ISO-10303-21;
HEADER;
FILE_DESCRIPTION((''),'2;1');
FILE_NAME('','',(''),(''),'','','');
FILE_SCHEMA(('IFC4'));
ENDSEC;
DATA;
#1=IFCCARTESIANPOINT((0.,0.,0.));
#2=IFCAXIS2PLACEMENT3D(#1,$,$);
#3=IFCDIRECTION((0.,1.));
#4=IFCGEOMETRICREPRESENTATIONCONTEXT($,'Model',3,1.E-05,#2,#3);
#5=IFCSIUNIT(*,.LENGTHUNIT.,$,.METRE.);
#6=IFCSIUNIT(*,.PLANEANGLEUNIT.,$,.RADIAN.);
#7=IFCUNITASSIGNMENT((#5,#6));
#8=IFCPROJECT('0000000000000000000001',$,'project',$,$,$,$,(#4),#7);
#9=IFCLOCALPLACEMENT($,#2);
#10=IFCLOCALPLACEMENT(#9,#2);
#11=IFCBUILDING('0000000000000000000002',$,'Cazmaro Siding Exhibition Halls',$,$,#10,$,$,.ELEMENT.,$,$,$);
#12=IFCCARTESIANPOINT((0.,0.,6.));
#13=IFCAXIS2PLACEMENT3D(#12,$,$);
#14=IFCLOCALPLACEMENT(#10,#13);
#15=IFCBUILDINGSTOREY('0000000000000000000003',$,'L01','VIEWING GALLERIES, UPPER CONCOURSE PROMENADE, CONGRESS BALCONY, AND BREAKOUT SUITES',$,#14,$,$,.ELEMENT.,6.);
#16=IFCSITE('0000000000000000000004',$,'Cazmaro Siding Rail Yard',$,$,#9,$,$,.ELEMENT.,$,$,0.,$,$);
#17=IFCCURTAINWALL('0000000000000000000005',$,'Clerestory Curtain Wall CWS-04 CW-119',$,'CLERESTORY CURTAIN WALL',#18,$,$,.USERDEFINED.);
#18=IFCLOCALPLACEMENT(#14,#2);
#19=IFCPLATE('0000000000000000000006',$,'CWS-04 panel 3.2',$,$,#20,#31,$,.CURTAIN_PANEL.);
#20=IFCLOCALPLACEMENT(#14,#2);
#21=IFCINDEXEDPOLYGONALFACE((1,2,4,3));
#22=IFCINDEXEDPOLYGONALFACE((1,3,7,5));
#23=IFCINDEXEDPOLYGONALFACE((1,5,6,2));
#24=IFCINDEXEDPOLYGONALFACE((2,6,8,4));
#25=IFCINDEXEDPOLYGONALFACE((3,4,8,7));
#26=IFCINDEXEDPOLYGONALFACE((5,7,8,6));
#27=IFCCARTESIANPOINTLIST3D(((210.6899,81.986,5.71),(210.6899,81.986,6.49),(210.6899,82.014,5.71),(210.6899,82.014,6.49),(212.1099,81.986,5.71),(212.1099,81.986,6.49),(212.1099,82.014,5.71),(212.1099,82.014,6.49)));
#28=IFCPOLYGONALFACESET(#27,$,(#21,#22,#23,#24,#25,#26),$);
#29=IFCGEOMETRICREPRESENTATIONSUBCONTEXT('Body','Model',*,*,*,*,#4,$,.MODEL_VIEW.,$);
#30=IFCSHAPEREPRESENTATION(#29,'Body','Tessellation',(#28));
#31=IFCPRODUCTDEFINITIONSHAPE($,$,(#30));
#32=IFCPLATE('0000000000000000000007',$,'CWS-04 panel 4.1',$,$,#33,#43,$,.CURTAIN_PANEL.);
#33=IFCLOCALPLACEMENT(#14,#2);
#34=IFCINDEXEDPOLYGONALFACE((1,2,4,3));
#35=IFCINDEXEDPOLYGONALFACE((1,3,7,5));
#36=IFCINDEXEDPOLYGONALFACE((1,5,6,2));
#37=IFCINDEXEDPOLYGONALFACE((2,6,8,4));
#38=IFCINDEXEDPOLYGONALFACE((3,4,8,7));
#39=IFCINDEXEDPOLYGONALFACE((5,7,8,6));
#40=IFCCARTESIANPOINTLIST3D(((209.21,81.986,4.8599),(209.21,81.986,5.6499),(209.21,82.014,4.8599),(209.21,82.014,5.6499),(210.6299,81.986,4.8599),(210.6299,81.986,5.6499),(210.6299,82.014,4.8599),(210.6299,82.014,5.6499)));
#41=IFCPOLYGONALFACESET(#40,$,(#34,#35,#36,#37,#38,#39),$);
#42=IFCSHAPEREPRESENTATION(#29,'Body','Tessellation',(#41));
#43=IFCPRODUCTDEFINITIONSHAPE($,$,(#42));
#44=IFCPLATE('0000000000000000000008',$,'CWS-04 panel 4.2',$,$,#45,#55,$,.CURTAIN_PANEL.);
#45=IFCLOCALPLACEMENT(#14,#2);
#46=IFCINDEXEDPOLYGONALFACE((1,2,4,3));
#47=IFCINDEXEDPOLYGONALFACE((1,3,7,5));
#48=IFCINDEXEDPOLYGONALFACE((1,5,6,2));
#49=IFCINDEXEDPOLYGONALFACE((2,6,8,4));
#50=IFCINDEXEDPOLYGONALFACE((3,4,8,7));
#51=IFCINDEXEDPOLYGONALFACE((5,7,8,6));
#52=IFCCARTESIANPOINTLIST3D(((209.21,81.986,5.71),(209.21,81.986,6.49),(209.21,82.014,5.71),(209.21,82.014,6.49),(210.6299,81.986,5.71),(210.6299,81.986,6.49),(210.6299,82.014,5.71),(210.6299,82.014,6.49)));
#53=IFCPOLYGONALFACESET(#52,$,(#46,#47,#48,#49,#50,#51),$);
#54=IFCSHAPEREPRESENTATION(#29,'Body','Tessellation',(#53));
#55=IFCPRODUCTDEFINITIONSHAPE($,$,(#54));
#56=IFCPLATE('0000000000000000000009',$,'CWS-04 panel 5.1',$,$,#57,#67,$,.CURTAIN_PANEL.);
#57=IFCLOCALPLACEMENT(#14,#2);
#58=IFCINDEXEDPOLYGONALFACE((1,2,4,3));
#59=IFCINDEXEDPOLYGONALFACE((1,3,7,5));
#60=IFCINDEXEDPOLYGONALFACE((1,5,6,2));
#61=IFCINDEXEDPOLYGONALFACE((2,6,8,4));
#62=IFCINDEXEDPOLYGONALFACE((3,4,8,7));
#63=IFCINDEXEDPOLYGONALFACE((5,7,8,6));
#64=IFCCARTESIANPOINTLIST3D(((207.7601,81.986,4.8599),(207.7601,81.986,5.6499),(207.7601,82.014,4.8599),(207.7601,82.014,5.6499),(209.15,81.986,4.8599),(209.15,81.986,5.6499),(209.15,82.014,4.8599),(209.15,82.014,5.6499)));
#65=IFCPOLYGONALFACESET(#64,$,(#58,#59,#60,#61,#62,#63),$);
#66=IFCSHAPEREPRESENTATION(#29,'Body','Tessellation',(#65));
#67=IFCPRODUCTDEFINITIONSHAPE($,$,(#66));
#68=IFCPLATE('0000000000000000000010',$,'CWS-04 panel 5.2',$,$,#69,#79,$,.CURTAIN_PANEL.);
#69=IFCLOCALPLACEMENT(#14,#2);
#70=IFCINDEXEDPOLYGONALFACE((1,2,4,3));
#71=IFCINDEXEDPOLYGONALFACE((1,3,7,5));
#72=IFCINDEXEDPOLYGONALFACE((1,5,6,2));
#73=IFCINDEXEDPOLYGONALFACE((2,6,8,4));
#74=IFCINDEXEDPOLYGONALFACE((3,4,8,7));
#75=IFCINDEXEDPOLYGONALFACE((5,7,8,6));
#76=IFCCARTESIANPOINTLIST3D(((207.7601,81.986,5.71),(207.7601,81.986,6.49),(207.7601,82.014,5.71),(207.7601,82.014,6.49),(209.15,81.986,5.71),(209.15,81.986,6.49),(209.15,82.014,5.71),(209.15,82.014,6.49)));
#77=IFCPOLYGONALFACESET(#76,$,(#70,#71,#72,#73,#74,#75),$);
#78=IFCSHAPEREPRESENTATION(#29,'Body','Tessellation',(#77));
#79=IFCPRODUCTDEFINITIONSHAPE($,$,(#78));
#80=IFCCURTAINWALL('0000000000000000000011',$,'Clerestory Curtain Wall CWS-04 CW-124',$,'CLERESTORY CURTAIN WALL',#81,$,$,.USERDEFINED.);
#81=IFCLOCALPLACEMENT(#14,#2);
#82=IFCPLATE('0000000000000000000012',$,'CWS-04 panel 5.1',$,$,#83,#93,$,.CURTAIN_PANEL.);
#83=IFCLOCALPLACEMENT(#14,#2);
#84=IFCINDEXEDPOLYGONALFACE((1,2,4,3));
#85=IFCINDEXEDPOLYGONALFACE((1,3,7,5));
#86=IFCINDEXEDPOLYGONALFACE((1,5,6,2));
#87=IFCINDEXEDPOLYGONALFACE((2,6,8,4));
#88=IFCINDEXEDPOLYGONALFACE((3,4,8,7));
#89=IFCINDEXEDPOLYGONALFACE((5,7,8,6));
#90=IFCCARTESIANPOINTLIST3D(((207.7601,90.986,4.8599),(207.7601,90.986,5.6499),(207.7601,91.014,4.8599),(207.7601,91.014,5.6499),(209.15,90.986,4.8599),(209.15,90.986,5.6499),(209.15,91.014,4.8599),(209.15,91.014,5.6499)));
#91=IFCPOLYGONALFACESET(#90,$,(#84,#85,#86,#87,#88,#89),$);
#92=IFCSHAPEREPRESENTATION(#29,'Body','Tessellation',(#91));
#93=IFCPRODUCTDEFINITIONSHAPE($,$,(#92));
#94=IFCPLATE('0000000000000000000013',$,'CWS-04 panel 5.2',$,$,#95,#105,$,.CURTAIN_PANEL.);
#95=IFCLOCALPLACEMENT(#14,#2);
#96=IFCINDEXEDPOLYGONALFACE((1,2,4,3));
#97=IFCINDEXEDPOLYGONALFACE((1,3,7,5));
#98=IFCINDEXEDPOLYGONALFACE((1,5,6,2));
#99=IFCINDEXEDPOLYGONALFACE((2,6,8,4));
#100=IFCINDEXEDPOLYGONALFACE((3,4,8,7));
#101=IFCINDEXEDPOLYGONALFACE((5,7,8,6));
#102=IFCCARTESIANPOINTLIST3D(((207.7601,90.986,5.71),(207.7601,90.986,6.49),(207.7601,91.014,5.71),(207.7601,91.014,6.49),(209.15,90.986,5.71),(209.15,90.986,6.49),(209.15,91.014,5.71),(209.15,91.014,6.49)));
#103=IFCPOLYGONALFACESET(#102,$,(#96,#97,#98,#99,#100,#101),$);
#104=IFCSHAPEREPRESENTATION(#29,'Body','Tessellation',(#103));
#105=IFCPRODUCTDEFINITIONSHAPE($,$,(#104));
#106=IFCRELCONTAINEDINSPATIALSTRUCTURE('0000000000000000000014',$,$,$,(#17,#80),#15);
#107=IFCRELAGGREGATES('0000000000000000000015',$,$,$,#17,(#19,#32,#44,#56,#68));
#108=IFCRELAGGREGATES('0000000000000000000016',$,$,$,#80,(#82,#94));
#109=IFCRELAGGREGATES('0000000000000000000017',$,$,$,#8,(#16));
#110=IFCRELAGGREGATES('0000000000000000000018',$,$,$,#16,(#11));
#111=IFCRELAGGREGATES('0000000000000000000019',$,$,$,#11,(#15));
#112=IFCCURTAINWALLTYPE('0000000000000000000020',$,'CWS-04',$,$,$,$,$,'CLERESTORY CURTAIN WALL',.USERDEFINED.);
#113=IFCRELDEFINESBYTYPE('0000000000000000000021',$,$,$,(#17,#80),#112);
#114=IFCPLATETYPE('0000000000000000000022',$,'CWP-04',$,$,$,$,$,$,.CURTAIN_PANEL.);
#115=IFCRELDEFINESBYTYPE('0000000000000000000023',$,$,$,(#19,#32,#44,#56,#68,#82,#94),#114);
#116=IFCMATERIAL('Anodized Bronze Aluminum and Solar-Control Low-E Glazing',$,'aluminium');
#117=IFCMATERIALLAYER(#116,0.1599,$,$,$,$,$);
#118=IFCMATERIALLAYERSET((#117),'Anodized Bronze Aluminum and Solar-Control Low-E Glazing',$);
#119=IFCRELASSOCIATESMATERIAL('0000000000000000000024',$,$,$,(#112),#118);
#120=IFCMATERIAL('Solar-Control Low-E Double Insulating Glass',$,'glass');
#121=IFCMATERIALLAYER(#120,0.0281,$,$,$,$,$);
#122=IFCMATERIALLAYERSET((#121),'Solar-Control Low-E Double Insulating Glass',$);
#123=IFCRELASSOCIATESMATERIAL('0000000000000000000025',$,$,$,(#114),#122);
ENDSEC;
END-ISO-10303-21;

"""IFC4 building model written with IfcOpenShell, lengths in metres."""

from ifc_helpers import new_model, si_unit, direction, frame, origin, origin_2d, place, context, subcontext, project, spatial, rectangle, extrude, material, layer, layer_set, type_object, element, aggregate, save


model = new_model("IFC4")

# Units and contexts
model_context = context("Model", 3, precision=1e-05, world=origin(), true_north=direction((0.0, 1.0)))
body_context = subcontext(model_context, "Body", "Model", "MODEL_VIEW")
ifc_project = project(units=[si_unit("LENGTHUNIT", "METRE"), si_unit("PLANEANGLEUNIT", "RADIAN")], contexts=[model_context])

# Site, building, storey
site_placement = place(None, origin())
site = spatial("IfcSite", under=ifc_project, at=site_placement, Name="Cazmaro Siding Rail Yard", CompositionType="ELEMENT", RefElevation=0.0)
building_placement = place(site_placement, origin())
building = spatial("IfcBuilding", under=site, at=building_placement, Name="Cazmaro Siding Exhibition Halls", CompositionType="ELEMENT")
storey_placement = place(building_placement, frame((0.0, 0.0, 6.0)))
storey = spatial("IfcBuildingStorey", under=building, at=storey_placement, Name="L01", Description="VIEWING GALLERIES, UPPER CONCOURSE PROMENADE, CONGRESS BALCONY, AND BREAKOUT SUITES", CompositionType="ELEMENT", Elevation=6.0)

# Curtain wall, plates
ifc_material_1 = material(Name="Anodized Bronze Aluminum and Solar-Control Low-E Glazing", Category="aluminium")
ifc_layer_1 = layer(ifc_material_1, 0.1599)
ifc_layer_set_1 = layer_set([ifc_layer_1], Name="Anodized Bronze Aluminum and Solar-Control Low-E Glazing")
curtain_wall_type = type_object("IfcCurtainWallType", Name="CWS-04", ElementType="CLERESTORY CURTAIN WALL", PredefinedType="USERDEFINED", material=ifc_layer_set_1)
curtain_wall_1_placement = place(storey_placement, origin())
curtain_wall_1 = element("IfcCurtainWall", 1, at=curtain_wall_1_placement, inside=storey, type_object=curtain_wall_type, Name="Clerestory Curtain Wall CWS-04 CW-119", ObjectType="CLERESTORY CURTAIN WALL", PredefinedType="USERDEFINED")
ifc_material_2 = material(Name="Solar-Control Low-E Double Insulating Glass", Category="glass")
ifc_layer_2 = layer(ifc_material_2, 0.0281)
ifc_layer_set_2 = layer_set([ifc_layer_2], Name="Solar-Control Low-E Double Insulating Glass")
plate_type = type_object("IfcPlateType", Name="CWP-04", PredefinedType="CURTAIN_PANEL", material=ifc_layer_set_2)
plate_1_placement = place(storey_placement, frame((211.3999, 82.0, 5.71), z_axis=(0.0, 0.0, 1.0), x_axis=(-1.0, 0.0, 0.0)))
plate_1 = element("IfcPlate", 2, at=plate_1_placement, type_object=plate_type, Name="CWS-04 panel 3.2", PredefinedType="CURTAIN_PANEL", context=body_context, shape_type="SweptSolid", body=[
    extrude(rectangle(XDim=1.4199, YDim=0.0281, at=origin_2d()), origin(), (0.0, 0.0, 1.0), 0.78),
])
plate_2_placement = place(storey_placement, frame((209.9199, 82.0, 4.8599), z_axis=(0.0, 0.0, 1.0), x_axis=(-1.0, 0.0, 0.0)))
plate_2 = element("IfcPlate", 3, at=plate_2_placement, type_object=plate_type, Name="CWS-04 panel 4.1", PredefinedType="CURTAIN_PANEL", context=body_context, shape_type="SweptSolid", body=[
    extrude(rectangle(XDim=1.4199, YDim=0.0281, at=origin_2d()), origin(), (0.0, 0.0, 1.0), 0.79),
])
plate_3_placement = place(storey_placement, frame((209.9199, 82.0, 5.71), z_axis=(0.0, 0.0, 1.0), x_axis=(-1.0, 0.0, 0.0)))
plate_3 = element("IfcPlate", 4, at=plate_3_placement, type_object=plate_type, Name="CWS-04 panel 4.2", PredefinedType="CURTAIN_PANEL", context=body_context, shape_type="SweptSolid", body=[
    extrude(rectangle(XDim=1.4199, YDim=0.0281, at=origin_2d()), origin(), (0.0, 0.0, 1.0), 0.78),
])
plate_4_placement = place(storey_placement, frame((208.4551, 82.0, 4.8599), z_axis=(0.0, 0.0, 1.0), x_axis=(-1.0, 0.0, 0.0)))
plate_4 = element("IfcPlate", 5, at=plate_4_placement, type_object=plate_type, Name="CWS-04 panel 5.1", PredefinedType="CURTAIN_PANEL", context=body_context, shape_type="SweptSolid", body=[
    extrude(rectangle(XDim=1.3899, YDim=0.0281, at=origin_2d()), origin(), (0.0, 0.0, 1.0), 0.79),
])
plate_5_placement = place(storey_placement, frame((208.4551, 82.0, 5.71), z_axis=(0.0, 0.0, 1.0), x_axis=(-1.0, 0.0, 0.0)))
plate_5 = element("IfcPlate", 6, at=plate_5_placement, type_object=plate_type, Name="CWS-04 panel 5.2", PredefinedType="CURTAIN_PANEL", context=body_context, shape_type="SweptSolid", body=[
    extrude(rectangle(XDim=1.3899, YDim=0.0281, at=origin_2d()), origin(), (0.0, 0.0, 1.0), 0.78),
])
aggregate(curtain_wall_1, [plate_1, plate_2, plate_3, plate_4, plate_5])

# Curtain wall, plates
curtain_wall_2_placement = place(storey_placement, origin())
curtain_wall_2 = element("IfcCurtainWall", 7, at=curtain_wall_2_placement, inside=storey, type_object=curtain_wall_type, Name="Clerestory Curtain Wall CWS-04 CW-124", ObjectType="CLERESTORY CURTAIN WALL", PredefinedType="USERDEFINED")
plate_6_placement = place(storey_placement, frame((208.4551, 91.0, 4.8599), z_axis=(0.0, 0.0, 1.0), x_axis=(-1.0, 0.0, 0.0)))
plate_6 = element("IfcPlate", 8, at=plate_6_placement, type_object=plate_type, Name="CWS-04 panel 5.1", PredefinedType="CURTAIN_PANEL", context=body_context, shape_type="SweptSolid", body=[
    extrude(rectangle(XDim=1.3899, YDim=0.0281, at=origin_2d()), origin(), (0.0, 0.0, 1.0), 0.79),
])
plate_7_placement = place(storey_placement, frame((208.4551, 91.0, 5.71), z_axis=(0.0, 0.0, 1.0), x_axis=(-1.0, 0.0, 0.0)))
plate_7 = element("IfcPlate", 9, at=plate_7_placement, type_object=plate_type, Name="CWS-04 panel 5.2", PredefinedType="CURTAIN_PANEL", context=body_context, shape_type="SweptSolid", body=[
    extrude(rectangle(XDim=1.3899, YDim=0.0281, at=origin_2d()), origin(), (0.0, 0.0, 1.0), 0.78),
])
aggregate(curtain_wall_2, [plate_6, plate_7])

save(model, "model.ifc")
